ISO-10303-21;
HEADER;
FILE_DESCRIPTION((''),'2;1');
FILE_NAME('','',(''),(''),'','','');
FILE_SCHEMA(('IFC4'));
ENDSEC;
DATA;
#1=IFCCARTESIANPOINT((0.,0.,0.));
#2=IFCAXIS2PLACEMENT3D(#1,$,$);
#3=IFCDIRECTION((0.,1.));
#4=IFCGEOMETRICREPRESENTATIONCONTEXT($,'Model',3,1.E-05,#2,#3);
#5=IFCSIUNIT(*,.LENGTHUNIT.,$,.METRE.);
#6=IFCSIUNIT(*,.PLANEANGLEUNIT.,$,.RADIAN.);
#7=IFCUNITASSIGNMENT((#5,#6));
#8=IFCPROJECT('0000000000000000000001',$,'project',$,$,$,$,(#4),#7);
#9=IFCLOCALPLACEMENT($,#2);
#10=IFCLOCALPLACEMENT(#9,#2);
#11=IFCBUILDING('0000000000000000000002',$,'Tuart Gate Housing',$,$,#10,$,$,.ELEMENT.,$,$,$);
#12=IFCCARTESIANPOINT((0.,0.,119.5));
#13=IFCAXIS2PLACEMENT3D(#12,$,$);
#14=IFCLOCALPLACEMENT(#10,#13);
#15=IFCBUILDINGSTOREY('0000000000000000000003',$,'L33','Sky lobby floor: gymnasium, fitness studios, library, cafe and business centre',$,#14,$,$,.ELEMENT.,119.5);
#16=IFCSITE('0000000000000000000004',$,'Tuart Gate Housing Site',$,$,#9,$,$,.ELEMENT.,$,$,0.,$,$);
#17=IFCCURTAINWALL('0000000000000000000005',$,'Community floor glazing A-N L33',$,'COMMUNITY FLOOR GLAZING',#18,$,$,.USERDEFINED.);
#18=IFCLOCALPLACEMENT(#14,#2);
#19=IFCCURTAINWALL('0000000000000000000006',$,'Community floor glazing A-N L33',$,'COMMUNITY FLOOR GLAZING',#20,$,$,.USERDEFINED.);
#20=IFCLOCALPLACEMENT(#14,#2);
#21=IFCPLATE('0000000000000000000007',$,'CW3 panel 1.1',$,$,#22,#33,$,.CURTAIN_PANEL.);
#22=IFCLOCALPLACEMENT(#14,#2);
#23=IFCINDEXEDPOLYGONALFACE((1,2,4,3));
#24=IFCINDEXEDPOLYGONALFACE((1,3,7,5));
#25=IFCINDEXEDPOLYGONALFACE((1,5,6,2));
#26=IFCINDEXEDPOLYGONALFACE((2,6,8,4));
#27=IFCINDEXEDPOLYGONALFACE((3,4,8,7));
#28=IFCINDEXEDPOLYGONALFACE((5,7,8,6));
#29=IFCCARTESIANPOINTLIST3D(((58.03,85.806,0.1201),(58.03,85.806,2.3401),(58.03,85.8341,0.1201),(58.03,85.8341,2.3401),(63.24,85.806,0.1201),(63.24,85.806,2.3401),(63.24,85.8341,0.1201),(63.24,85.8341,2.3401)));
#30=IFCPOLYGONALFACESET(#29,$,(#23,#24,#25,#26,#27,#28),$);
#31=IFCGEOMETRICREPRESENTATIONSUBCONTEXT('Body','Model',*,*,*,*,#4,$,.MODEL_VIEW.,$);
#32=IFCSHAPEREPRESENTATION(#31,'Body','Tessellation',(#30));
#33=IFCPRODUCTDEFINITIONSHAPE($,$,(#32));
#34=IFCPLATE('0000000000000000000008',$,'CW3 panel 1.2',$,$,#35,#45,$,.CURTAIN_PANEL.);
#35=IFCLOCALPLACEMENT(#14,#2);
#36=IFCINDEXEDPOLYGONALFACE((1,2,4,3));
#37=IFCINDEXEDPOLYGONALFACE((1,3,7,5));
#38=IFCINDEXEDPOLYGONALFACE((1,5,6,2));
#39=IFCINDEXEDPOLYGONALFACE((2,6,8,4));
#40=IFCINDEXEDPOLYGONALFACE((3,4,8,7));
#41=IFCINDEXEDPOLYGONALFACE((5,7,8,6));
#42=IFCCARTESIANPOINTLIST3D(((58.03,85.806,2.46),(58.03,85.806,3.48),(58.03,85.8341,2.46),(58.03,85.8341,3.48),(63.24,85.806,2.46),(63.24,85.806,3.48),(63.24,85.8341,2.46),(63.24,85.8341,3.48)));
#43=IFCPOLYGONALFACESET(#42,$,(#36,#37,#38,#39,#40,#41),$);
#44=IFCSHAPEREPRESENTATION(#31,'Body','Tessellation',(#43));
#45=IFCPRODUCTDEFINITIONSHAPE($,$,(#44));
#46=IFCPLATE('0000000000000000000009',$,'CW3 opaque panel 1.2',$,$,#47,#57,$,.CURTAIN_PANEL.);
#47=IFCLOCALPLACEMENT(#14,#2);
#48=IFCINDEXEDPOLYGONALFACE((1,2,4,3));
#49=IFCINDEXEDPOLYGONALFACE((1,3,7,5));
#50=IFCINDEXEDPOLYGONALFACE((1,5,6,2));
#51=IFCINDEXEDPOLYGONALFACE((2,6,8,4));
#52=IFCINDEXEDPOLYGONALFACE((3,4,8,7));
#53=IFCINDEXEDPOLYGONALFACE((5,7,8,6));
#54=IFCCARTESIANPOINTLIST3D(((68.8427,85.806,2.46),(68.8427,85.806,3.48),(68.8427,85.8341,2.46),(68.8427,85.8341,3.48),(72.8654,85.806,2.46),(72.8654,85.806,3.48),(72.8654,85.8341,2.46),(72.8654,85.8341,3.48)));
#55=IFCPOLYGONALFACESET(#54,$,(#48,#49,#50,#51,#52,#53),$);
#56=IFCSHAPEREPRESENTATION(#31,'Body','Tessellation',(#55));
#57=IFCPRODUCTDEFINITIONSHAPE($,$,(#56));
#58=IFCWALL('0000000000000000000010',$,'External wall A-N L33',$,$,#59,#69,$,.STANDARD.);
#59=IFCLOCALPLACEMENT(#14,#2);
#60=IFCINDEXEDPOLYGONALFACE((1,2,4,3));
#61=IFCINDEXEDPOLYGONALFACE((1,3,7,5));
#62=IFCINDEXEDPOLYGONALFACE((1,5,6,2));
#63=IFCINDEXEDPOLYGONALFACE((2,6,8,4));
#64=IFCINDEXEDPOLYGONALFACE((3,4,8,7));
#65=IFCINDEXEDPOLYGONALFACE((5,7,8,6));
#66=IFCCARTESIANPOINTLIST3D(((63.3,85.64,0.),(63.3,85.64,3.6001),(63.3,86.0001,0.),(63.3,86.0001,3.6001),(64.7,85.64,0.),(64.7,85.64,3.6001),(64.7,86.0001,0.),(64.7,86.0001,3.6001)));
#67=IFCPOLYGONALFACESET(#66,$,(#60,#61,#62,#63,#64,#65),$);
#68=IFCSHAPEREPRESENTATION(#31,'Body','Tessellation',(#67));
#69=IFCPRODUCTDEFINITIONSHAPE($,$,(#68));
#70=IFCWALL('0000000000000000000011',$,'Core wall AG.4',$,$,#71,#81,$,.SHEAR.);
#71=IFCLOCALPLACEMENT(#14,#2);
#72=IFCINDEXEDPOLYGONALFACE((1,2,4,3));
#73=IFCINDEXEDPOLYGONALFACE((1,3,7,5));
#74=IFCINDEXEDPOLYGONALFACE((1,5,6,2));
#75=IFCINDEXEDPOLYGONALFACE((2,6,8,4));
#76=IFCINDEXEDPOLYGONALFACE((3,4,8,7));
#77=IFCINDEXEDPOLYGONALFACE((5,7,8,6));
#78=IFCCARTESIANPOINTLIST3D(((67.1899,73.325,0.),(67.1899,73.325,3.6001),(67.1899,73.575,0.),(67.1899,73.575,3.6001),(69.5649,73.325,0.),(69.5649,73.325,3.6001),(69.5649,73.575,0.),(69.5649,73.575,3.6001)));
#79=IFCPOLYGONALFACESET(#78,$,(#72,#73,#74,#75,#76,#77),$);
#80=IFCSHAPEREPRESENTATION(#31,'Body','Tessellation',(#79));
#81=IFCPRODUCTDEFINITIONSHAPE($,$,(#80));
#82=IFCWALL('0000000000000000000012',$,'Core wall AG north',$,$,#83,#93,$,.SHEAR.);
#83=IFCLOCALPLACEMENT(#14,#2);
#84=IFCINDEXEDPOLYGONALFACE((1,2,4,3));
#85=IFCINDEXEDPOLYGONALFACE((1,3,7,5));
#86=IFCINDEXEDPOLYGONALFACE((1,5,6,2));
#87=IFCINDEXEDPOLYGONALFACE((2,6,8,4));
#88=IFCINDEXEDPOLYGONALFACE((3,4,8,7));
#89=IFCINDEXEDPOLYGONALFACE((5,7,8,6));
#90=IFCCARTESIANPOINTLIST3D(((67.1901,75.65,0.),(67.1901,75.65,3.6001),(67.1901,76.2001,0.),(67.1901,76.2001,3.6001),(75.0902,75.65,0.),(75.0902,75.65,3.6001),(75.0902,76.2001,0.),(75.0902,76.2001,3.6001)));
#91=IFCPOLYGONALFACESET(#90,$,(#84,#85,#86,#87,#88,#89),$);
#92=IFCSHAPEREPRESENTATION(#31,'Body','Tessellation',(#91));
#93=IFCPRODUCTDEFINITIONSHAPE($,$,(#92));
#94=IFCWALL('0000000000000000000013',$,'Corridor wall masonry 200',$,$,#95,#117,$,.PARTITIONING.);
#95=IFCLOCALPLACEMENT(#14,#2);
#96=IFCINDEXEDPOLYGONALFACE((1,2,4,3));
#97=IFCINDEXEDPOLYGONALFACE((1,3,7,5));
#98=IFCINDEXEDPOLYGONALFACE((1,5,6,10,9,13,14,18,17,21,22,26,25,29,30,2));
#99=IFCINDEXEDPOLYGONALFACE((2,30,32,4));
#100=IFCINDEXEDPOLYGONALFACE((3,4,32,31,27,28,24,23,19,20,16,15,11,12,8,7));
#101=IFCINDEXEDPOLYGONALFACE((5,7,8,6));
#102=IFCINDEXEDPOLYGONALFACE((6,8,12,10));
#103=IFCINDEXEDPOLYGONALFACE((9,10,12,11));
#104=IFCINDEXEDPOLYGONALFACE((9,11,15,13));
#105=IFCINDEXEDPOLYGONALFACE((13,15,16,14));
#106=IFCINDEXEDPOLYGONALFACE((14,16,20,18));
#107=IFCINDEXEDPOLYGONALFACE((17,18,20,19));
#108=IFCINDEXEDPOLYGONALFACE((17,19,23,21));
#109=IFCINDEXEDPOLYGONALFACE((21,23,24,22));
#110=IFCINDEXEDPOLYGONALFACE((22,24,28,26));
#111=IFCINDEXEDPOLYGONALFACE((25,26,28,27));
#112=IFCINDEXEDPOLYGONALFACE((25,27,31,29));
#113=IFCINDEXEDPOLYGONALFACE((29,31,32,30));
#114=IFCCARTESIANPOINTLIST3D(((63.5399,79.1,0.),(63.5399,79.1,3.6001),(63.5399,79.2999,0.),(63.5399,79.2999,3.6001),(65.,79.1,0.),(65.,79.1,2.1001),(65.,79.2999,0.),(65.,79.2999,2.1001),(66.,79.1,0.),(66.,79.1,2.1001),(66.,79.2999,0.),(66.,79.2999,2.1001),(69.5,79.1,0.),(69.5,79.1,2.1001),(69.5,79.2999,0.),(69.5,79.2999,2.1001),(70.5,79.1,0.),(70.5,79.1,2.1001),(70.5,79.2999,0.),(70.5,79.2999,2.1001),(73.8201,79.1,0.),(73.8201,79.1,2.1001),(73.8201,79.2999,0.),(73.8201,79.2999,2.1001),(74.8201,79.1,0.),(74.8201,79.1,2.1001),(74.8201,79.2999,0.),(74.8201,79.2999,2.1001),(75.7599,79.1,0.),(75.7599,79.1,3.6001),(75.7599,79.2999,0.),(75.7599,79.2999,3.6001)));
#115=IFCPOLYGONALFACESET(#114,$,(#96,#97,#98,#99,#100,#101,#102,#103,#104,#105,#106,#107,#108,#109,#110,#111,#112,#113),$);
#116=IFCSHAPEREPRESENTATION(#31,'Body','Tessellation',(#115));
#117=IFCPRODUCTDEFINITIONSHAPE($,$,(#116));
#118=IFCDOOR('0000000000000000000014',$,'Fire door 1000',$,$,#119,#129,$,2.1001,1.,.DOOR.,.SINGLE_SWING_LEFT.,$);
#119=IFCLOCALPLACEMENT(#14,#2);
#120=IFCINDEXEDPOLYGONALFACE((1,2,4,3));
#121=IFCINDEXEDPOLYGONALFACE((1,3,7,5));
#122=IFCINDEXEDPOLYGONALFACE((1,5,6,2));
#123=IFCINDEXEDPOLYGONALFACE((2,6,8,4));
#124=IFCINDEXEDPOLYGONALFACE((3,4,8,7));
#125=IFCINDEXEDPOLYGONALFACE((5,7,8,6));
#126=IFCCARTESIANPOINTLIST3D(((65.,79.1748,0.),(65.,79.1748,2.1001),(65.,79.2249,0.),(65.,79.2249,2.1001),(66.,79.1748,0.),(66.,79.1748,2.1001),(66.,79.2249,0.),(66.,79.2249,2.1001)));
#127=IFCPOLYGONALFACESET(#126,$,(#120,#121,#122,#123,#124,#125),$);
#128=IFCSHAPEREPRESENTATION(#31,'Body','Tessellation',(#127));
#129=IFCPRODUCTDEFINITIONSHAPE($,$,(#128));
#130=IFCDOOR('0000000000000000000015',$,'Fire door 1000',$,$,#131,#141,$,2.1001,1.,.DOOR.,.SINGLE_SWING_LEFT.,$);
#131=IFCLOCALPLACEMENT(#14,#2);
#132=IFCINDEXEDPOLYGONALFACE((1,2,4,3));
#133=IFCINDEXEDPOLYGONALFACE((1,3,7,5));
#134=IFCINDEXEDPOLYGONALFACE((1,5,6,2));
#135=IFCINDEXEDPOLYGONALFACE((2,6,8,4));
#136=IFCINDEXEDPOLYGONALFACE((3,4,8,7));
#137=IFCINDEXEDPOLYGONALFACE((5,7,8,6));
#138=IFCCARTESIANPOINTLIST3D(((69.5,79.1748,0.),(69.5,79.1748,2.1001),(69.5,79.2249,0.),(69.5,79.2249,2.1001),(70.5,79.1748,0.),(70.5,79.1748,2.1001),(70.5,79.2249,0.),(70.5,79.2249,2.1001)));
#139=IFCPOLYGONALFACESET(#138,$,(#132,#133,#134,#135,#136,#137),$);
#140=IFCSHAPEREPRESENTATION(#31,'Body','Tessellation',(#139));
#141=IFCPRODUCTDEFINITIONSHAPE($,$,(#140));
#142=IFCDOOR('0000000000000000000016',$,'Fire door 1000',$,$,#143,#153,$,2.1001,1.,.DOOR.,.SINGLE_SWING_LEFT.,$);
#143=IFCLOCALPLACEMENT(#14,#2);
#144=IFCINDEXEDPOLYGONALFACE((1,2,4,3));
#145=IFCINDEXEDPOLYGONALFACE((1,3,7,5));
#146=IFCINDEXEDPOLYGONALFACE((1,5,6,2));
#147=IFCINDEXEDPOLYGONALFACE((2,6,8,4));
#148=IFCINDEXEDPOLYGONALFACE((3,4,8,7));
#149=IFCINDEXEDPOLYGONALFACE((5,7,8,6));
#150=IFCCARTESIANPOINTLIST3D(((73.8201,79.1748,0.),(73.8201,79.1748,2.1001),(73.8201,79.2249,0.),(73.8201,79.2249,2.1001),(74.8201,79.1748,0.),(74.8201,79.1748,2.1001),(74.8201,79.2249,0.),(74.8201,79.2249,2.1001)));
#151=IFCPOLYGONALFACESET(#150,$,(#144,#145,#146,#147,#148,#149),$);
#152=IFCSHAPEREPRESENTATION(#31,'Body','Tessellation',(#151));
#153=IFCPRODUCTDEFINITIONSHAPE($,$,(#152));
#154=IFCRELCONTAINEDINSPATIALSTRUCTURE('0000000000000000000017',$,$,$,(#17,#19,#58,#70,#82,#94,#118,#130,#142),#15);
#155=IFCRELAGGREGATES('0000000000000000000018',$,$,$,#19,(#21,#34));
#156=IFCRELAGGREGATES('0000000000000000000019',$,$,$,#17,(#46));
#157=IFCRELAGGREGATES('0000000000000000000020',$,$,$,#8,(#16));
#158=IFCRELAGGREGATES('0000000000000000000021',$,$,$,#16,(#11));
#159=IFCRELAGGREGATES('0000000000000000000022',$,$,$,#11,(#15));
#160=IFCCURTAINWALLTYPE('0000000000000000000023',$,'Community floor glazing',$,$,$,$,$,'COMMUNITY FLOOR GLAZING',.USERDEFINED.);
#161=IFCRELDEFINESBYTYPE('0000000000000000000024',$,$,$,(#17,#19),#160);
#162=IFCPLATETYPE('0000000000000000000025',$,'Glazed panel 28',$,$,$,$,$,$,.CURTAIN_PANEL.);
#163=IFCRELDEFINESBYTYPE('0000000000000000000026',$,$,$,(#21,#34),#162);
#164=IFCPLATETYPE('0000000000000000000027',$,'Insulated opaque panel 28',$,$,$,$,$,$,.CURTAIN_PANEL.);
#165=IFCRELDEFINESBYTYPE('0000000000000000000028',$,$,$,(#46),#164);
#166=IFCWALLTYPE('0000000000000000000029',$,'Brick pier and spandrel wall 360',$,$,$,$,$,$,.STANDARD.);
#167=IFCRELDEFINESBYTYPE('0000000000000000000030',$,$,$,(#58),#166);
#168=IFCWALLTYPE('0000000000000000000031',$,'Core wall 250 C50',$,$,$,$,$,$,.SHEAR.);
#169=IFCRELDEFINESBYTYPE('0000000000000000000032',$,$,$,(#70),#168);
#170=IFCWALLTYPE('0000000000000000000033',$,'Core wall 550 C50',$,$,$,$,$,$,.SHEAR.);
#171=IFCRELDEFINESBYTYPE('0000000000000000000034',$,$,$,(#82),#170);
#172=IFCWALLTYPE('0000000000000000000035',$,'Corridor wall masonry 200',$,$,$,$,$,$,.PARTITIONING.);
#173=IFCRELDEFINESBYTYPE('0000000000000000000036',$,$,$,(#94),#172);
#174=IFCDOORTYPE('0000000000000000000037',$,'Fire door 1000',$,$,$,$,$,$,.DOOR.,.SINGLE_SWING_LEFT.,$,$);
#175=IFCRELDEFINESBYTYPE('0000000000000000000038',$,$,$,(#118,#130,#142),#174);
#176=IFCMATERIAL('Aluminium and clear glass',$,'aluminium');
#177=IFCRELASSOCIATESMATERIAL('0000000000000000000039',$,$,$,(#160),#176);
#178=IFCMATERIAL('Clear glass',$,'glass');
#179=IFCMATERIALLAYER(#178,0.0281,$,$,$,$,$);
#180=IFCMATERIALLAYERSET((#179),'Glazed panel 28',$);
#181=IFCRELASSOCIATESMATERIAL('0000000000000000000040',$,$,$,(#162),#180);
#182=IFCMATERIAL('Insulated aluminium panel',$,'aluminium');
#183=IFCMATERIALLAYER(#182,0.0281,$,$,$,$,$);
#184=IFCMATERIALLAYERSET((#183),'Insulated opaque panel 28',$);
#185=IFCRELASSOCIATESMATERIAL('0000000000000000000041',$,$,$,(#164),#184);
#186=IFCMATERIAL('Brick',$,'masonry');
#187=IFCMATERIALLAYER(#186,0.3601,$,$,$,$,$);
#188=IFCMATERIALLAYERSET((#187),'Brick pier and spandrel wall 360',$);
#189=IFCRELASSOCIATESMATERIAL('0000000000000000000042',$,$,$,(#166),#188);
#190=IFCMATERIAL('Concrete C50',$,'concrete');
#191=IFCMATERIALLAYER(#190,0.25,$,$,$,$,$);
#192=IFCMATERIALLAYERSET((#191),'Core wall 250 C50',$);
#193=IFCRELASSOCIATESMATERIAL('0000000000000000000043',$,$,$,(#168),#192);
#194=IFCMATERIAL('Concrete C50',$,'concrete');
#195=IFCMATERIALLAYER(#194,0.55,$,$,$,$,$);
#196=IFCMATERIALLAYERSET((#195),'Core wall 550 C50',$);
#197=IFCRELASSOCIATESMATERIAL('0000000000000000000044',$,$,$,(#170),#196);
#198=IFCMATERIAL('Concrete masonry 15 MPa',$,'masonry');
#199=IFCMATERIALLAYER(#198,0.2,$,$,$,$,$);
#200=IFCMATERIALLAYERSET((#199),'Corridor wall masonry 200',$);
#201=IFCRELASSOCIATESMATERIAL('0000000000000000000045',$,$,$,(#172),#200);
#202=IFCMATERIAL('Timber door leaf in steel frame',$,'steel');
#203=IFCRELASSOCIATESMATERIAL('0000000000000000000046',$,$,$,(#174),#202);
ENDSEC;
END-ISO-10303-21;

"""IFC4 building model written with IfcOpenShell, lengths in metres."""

from ifc_helpers import new_model, si_unit, direction, frame, frame_2d, origin, origin_2d, place, context, subcontext, project, spatial, rectangle, extrude, material, layer, layer_set, type_object, element, fill, aggregate, save


model = new_model("IFC4")

# Units and contexts
model_context = context("Model", 3, precision=1e-05, world=origin(), true_north=direction((0.0, 1.0)))
body_context = subcontext(model_context, "Body", "Model", "MODEL_VIEW")
ifc_project = project(units=[si_unit("LENGTHUNIT", "METRE"), si_unit("PLANEANGLEUNIT", "RADIAN")], contexts=[model_context])

# Site, building, storey
site_placement = place(None, origin())
site = spatial("IfcSite", under=ifc_project, at=site_placement, Name="Tuart Gate Housing Site", CompositionType="ELEMENT", RefElevation=0.0)
building_placement = place(site_placement, origin())
building = spatial("IfcBuilding", under=site, at=building_placement, Name="Tuart Gate Housing", CompositionType="ELEMENT")
storey_placement = place(building_placement, frame((0.0, 0.0, 119.5)))
storey = spatial("IfcBuildingStorey", under=building, at=storey_placement, Name="L33", Description="Sky lobby floor: gymnasium, fitness studios, library, cafe and business centre", CompositionType="ELEMENT", Elevation=119.5)

# Curtain wall
ifc_material_1 = material(Name="Aluminium and clear glass", Category="aluminium")
curtain_wall_type = type_object("IfcCurtainWallType", Name="Community floor glazing", ElementType="COMMUNITY FLOOR GLAZING", PredefinedType="USERDEFINED", material=ifc_material_1)
curtain_wall_1_placement = place(storey_placement, origin())
curtain_wall_1 = element("IfcCurtainWall", 1, at=curtain_wall_1_placement, inside=storey, type_object=curtain_wall_type, Name="Community floor glazing A-N L33", ObjectType="COMMUNITY FLOOR GLAZING", PredefinedType="USERDEFINED")

# Curtain wall
curtain_wall_2_placement = place(storey_placement, origin())
curtain_wall_2 = element("IfcCurtainWall", 2, at=curtain_wall_2_placement, inside=storey, type_object=curtain_wall_type, Name="Community floor glazing A-N L33", ObjectType="COMMUNITY FLOOR GLAZING", PredefinedType="USERDEFINED")

# Plates
ifc_material_2 = material(Name="Clear glass", Category="glass")
ifc_layer_1 = layer(ifc_material_2, 0.0281)
ifc_layer_set_1 = layer_set([ifc_layer_1], Name="Glazed panel 28")
plate_type_1 = type_object("IfcPlateType", Name="Glazed panel 28", PredefinedType="CURTAIN_PANEL", material=ifc_layer_set_1)
plate_1_placement = place(storey_placement, frame((60.635, 85.8201, 0.1201), z_axis=(0.0, 0.0, 1.0), x_axis=(-1.0, 0.0, 0.0)))
plate_1 = element("IfcPlate", 3, at=plate_1_placement, type_object=plate_type_1, Name="CW3 panel 1.1", PredefinedType="CURTAIN_PANEL", context=body_context, shape_type="SweptSolid", body=[
    extrude(rectangle(XDim=5.21, YDim=0.0281, at=origin_2d()), origin(), (0.0, 0.0, 1.0), 2.22),
])
plate_2_placement = place(storey_placement, frame((60.635, 85.8201, 2.46), z_axis=(0.0, 0.0, 1.0), x_axis=(-1.0, 0.0, 0.0)))
plate_2 = element("IfcPlate", 4, at=plate_2_placement, type_object=plate_type_1, Name="CW3 panel 1.2", PredefinedType="CURTAIN_PANEL", context=body_context, shape_type="SweptSolid", body=[
    extrude(rectangle(XDim=5.21, YDim=0.0281, at=origin_2d()), origin(), (0.0, 0.0, 1.0), 1.02),
])
aggregate(curtain_wall_2, [plate_1, plate_2])
ifc_material_3 = material(Name="Insulated aluminium panel", Category="aluminium")
ifc_layer_2 = layer(ifc_material_3, 0.0281)
ifc_layer_set_2 = layer_set([ifc_layer_2], Name="Insulated opaque panel 28")
plate_type_2 = type_object("IfcPlateType", Name="Insulated opaque panel 28", PredefinedType="CURTAIN_PANEL", material=ifc_layer_set_2)
plate_3_placement = place(storey_placement, frame((70.854, 85.8201, 2.46), z_axis=(0.0, 0.0, 1.0), x_axis=(-1.0, 0.0, 0.0)))
plate_3 = element("IfcPlate", 5, at=plate_3_placement, type_object=plate_type_2, Name="CW3 opaque panel 1.2", PredefinedType="CURTAIN_PANEL", context=body_context, shape_type="SweptSolid", body=[
    extrude(rectangle(XDim=4.0227, YDim=0.0281, at=origin_2d()), origin(), (0.0, 0.0, 1.0), 1.02),
])
aggregate(curtain_wall_1, [plate_3])

# Walls
ifc_material_4 = material(Name="Brick", Category="masonry")
ifc_layer_3 = layer(ifc_material_4, 0.3601)
ifc_layer_set_3 = layer_set([ifc_layer_3], Name="Brick pier and spandrel wall 360")
wall_type_1 = type_object("IfcWallType", Name="Brick pier and spandrel wall 360", PredefinedType="STANDARD", material=ifc_layer_set_3)
wall_1_placement = place(storey_placement, frame((64.7, 85.8201, 0.0), z_axis=(0.0, 0.0, 1.0), x_axis=(-1.0, 0.0, 0.0)))
element("IfcWall", 6, at=wall_1_placement, inside=storey, type_object=wall_type_1, Name="External wall A-N L33", PredefinedType="STANDARD", context=body_context, shape_type="SweptSolid", body=[
    extrude(rectangle(XDim=1.3999, YDim=0.3601, at=frame_2d((0.7, 0.0))), origin(), (0.0, 0.0, 1.0), 3.6001),
])
ifc_material_5 = material(Name="Concrete C50", Category="concrete")
ifc_layer_4 = layer(ifc_material_5, 0.25)
ifc_layer_set_4 = layer_set([ifc_layer_4], Name="Core wall 250 C50")
wall_type_2 = type_object("IfcWallType", Name="Core wall 250 C50", PredefinedType="SHEAR", material=ifc_layer_set_4)
wall_2_placement = place(storey_placement, frame((67.1899, 73.45, 0.0), z_axis=(0.0, 0.0, 1.0), x_axis=(1.0, 0.0, 0.0)))
element("IfcWall", 7, at=wall_2_placement, inside=storey, type_object=wall_type_2, Name="Core wall AG.4", PredefinedType="SHEAR", context=body_context, shape_type="SweptSolid", body=[
    extrude(rectangle(XDim=2.375, YDim=0.25, at=frame_2d((1.1875, 0.0))), origin(), (0.0, 0.0, 1.0), 3.6001),
])
ifc_material_6 = material(Name="Concrete C50", Category="concrete")
ifc_layer_5 = layer(ifc_material_6, 0.55)
ifc_layer_set_5 = layer_set([ifc_layer_5], Name="Core wall 550 C50")
wall_type_3 = type_object("IfcWallType", Name="Core wall 550 C50", PredefinedType="SHEAR", material=ifc_layer_set_5)
wall_3_placement = place(storey_placement, frame((67.1899, 75.925, 0.0), z_axis=(0.0, 0.0, 1.0), x_axis=(1.0, 0.0, 0.0)))
element("IfcWall", 8, at=wall_3_placement, inside=storey, type_object=wall_type_3, Name="Core wall AG north", PredefinedType="SHEAR", context=body_context, shape_type="SweptSolid", body=[
    extrude(rectangle(XDim=7.9001, YDim=0.55, at=frame_2d((3.9502, 0.0))), origin(), (0.0, 0.0, 1.0), 3.6001),
])

# Wall, openings, doors
ifc_material_7 = material(Name="Concrete masonry 15 MPa", Category="masonry")
ifc_layer_6 = layer(ifc_material_7, 0.2)
ifc_layer_set_6 = layer_set([ifc_layer_6], Name="Corridor wall masonry 200")
wall_type_4 = type_object("IfcWallType", Name="Corridor wall masonry 200", PredefinedType="PARTITIONING", material=ifc_layer_set_6)
wall_4_placement = place(storey_placement, frame((63.54, 79.2, 0.0), z_axis=(0.0, 0.0, 1.0), x_axis=(1.0, 0.0, 0.0)))
wall_4 = element("IfcWall", 9, at=wall_4_placement, inside=storey, type_object=wall_type_4, Name="Corridor wall masonry 200", PredefinedType="PARTITIONING", context=body_context, shape_type="SweptSolid", body=[
    extrude(rectangle(XDim=12.22, YDim=0.2, at=frame_2d((6.1099, 0.0))), origin(), (0.0, 0.0, 1.0), 3.6001),
])
opening_1_placement = place(wall_4_placement, frame((1.46, 0.0, 0.0)))
opening_1 = element("IfcOpeningElement", 10, at=opening_1_placement, cuts=wall_4, PredefinedType="OPENING", context=body_context, shape_type="SweptSolid", body=[
    extrude(rectangle(XDim=1.0, YDim=2.1001, at=frame_2d((0.5, 1.05))), frame((0.0, 0.1099, 0.0), z_axis=(0.0, -1.0, 0.0), x_axis=(1.0, 0.0, 0.0)), (0.0, 0.0, 1.0), 0.22),
])
opening_2_placement = place(wall_4_placement, frame((5.96, 0.0, 0.0)))
opening_2 = element("IfcOpeningElement", 11, at=opening_2_placement, cuts=wall_4, PredefinedType="OPENING", context=body_context, shape_type="SweptSolid", body=[
    extrude(rectangle(XDim=1.0, YDim=2.1001, at=frame_2d((0.5, 1.05))), frame((0.0, 0.1099, 0.0), z_axis=(0.0, -1.0, 0.0), x_axis=(1.0, 0.0, 0.0)), (0.0, 0.0, 1.0), 0.22),
])
opening_3_placement = place(wall_4_placement, frame((10.28, 0.0, 0.0)))
opening_3 = element("IfcOpeningElement", 12, at=opening_3_placement, cuts=wall_4, PredefinedType="OPENING", context=body_context, shape_type="SweptSolid", body=[
    extrude(rectangle(XDim=1.0, YDim=2.1001, at=frame_2d((0.5, 1.05))), frame((0.0, 0.1099, 0.0), z_axis=(0.0, -1.0, 0.0), x_axis=(1.0, 0.0, 0.0)), (0.0, 0.0, 1.0), 0.22),
])
ifc_material_8 = material(Name="Timber door leaf in steel frame", Category="steel")
door_type_1 = type_object("IfcDoorType", Name="Fire door 1000", OperationType="SINGLE_SWING_LEFT", PredefinedType="DOOR", material=ifc_material_8)
door_1_placement = place(opening_1_placement, origin())
door_1 = element("IfcDoor", 13, at=door_1_placement, inside=storey, type_object=door_type_1, Name="Fire door 1000", OperationType="SINGLE_SWING_LEFT", OverallHeight=2.1001, OverallWidth=1.0, PredefinedType="DOOR", context=body_context, shape_type="SweptSolid", body=[
    extrude(rectangle(XDim=1.0, YDim=2.1001, at=frame_2d((0.5, 1.05))), frame((0.0, 0.0249, 0.0), z_axis=(0.0, -1.0, 0.0), x_axis=(1.0, 0.0, 0.0)), (0.0, 0.0, 1.0), 0.05),
])
fill(opening_1, door_1)
door_2_placement = place(opening_2_placement, origin())
door_2 = element("IfcDoor", 14, at=door_2_placement, inside=storey, type_object=door_type_1, Name="Fire door 1000", OperationType="SINGLE_SWING_LEFT", OverallHeight=2.1001, OverallWidth=1.0, PredefinedType="DOOR", context=body_context, shape_type="SweptSolid", body=[
    extrude(rectangle(XDim=1.0, YDim=2.1001, at=frame_2d((0.5, 1.05))), frame((0.0, 0.0249, 0.0), z_axis=(0.0, -1.0, 0.0), x_axis=(1.0, 0.0, 0.0)), (0.0, 0.0, 1.0), 0.05),
])
fill(opening_2, door_2)
door_3_placement = place(opening_3_placement, origin())
door_3 = element("IfcDoor", 15, at=door_3_placement, inside=storey, type_object=door_type_1, Name="Fire door 1000", OperationType="SINGLE_SWING_LEFT", OverallHeight=2.1001, OverallWidth=1.0, PredefinedType="DOOR", context=body_context, shape_type="SweptSolid", body=[
    extrude(rectangle(XDim=1.0, YDim=2.1001, at=frame_2d((0.5, 1.05))), frame((0.0, 0.0249, 0.0), z_axis=(0.0, -1.0, 0.0), x_axis=(1.0, 0.0, 0.0)), (0.0, 0.0, 1.0), 0.05),
])
fill(opening_3, door_3)

save(model, "model.ifc")
